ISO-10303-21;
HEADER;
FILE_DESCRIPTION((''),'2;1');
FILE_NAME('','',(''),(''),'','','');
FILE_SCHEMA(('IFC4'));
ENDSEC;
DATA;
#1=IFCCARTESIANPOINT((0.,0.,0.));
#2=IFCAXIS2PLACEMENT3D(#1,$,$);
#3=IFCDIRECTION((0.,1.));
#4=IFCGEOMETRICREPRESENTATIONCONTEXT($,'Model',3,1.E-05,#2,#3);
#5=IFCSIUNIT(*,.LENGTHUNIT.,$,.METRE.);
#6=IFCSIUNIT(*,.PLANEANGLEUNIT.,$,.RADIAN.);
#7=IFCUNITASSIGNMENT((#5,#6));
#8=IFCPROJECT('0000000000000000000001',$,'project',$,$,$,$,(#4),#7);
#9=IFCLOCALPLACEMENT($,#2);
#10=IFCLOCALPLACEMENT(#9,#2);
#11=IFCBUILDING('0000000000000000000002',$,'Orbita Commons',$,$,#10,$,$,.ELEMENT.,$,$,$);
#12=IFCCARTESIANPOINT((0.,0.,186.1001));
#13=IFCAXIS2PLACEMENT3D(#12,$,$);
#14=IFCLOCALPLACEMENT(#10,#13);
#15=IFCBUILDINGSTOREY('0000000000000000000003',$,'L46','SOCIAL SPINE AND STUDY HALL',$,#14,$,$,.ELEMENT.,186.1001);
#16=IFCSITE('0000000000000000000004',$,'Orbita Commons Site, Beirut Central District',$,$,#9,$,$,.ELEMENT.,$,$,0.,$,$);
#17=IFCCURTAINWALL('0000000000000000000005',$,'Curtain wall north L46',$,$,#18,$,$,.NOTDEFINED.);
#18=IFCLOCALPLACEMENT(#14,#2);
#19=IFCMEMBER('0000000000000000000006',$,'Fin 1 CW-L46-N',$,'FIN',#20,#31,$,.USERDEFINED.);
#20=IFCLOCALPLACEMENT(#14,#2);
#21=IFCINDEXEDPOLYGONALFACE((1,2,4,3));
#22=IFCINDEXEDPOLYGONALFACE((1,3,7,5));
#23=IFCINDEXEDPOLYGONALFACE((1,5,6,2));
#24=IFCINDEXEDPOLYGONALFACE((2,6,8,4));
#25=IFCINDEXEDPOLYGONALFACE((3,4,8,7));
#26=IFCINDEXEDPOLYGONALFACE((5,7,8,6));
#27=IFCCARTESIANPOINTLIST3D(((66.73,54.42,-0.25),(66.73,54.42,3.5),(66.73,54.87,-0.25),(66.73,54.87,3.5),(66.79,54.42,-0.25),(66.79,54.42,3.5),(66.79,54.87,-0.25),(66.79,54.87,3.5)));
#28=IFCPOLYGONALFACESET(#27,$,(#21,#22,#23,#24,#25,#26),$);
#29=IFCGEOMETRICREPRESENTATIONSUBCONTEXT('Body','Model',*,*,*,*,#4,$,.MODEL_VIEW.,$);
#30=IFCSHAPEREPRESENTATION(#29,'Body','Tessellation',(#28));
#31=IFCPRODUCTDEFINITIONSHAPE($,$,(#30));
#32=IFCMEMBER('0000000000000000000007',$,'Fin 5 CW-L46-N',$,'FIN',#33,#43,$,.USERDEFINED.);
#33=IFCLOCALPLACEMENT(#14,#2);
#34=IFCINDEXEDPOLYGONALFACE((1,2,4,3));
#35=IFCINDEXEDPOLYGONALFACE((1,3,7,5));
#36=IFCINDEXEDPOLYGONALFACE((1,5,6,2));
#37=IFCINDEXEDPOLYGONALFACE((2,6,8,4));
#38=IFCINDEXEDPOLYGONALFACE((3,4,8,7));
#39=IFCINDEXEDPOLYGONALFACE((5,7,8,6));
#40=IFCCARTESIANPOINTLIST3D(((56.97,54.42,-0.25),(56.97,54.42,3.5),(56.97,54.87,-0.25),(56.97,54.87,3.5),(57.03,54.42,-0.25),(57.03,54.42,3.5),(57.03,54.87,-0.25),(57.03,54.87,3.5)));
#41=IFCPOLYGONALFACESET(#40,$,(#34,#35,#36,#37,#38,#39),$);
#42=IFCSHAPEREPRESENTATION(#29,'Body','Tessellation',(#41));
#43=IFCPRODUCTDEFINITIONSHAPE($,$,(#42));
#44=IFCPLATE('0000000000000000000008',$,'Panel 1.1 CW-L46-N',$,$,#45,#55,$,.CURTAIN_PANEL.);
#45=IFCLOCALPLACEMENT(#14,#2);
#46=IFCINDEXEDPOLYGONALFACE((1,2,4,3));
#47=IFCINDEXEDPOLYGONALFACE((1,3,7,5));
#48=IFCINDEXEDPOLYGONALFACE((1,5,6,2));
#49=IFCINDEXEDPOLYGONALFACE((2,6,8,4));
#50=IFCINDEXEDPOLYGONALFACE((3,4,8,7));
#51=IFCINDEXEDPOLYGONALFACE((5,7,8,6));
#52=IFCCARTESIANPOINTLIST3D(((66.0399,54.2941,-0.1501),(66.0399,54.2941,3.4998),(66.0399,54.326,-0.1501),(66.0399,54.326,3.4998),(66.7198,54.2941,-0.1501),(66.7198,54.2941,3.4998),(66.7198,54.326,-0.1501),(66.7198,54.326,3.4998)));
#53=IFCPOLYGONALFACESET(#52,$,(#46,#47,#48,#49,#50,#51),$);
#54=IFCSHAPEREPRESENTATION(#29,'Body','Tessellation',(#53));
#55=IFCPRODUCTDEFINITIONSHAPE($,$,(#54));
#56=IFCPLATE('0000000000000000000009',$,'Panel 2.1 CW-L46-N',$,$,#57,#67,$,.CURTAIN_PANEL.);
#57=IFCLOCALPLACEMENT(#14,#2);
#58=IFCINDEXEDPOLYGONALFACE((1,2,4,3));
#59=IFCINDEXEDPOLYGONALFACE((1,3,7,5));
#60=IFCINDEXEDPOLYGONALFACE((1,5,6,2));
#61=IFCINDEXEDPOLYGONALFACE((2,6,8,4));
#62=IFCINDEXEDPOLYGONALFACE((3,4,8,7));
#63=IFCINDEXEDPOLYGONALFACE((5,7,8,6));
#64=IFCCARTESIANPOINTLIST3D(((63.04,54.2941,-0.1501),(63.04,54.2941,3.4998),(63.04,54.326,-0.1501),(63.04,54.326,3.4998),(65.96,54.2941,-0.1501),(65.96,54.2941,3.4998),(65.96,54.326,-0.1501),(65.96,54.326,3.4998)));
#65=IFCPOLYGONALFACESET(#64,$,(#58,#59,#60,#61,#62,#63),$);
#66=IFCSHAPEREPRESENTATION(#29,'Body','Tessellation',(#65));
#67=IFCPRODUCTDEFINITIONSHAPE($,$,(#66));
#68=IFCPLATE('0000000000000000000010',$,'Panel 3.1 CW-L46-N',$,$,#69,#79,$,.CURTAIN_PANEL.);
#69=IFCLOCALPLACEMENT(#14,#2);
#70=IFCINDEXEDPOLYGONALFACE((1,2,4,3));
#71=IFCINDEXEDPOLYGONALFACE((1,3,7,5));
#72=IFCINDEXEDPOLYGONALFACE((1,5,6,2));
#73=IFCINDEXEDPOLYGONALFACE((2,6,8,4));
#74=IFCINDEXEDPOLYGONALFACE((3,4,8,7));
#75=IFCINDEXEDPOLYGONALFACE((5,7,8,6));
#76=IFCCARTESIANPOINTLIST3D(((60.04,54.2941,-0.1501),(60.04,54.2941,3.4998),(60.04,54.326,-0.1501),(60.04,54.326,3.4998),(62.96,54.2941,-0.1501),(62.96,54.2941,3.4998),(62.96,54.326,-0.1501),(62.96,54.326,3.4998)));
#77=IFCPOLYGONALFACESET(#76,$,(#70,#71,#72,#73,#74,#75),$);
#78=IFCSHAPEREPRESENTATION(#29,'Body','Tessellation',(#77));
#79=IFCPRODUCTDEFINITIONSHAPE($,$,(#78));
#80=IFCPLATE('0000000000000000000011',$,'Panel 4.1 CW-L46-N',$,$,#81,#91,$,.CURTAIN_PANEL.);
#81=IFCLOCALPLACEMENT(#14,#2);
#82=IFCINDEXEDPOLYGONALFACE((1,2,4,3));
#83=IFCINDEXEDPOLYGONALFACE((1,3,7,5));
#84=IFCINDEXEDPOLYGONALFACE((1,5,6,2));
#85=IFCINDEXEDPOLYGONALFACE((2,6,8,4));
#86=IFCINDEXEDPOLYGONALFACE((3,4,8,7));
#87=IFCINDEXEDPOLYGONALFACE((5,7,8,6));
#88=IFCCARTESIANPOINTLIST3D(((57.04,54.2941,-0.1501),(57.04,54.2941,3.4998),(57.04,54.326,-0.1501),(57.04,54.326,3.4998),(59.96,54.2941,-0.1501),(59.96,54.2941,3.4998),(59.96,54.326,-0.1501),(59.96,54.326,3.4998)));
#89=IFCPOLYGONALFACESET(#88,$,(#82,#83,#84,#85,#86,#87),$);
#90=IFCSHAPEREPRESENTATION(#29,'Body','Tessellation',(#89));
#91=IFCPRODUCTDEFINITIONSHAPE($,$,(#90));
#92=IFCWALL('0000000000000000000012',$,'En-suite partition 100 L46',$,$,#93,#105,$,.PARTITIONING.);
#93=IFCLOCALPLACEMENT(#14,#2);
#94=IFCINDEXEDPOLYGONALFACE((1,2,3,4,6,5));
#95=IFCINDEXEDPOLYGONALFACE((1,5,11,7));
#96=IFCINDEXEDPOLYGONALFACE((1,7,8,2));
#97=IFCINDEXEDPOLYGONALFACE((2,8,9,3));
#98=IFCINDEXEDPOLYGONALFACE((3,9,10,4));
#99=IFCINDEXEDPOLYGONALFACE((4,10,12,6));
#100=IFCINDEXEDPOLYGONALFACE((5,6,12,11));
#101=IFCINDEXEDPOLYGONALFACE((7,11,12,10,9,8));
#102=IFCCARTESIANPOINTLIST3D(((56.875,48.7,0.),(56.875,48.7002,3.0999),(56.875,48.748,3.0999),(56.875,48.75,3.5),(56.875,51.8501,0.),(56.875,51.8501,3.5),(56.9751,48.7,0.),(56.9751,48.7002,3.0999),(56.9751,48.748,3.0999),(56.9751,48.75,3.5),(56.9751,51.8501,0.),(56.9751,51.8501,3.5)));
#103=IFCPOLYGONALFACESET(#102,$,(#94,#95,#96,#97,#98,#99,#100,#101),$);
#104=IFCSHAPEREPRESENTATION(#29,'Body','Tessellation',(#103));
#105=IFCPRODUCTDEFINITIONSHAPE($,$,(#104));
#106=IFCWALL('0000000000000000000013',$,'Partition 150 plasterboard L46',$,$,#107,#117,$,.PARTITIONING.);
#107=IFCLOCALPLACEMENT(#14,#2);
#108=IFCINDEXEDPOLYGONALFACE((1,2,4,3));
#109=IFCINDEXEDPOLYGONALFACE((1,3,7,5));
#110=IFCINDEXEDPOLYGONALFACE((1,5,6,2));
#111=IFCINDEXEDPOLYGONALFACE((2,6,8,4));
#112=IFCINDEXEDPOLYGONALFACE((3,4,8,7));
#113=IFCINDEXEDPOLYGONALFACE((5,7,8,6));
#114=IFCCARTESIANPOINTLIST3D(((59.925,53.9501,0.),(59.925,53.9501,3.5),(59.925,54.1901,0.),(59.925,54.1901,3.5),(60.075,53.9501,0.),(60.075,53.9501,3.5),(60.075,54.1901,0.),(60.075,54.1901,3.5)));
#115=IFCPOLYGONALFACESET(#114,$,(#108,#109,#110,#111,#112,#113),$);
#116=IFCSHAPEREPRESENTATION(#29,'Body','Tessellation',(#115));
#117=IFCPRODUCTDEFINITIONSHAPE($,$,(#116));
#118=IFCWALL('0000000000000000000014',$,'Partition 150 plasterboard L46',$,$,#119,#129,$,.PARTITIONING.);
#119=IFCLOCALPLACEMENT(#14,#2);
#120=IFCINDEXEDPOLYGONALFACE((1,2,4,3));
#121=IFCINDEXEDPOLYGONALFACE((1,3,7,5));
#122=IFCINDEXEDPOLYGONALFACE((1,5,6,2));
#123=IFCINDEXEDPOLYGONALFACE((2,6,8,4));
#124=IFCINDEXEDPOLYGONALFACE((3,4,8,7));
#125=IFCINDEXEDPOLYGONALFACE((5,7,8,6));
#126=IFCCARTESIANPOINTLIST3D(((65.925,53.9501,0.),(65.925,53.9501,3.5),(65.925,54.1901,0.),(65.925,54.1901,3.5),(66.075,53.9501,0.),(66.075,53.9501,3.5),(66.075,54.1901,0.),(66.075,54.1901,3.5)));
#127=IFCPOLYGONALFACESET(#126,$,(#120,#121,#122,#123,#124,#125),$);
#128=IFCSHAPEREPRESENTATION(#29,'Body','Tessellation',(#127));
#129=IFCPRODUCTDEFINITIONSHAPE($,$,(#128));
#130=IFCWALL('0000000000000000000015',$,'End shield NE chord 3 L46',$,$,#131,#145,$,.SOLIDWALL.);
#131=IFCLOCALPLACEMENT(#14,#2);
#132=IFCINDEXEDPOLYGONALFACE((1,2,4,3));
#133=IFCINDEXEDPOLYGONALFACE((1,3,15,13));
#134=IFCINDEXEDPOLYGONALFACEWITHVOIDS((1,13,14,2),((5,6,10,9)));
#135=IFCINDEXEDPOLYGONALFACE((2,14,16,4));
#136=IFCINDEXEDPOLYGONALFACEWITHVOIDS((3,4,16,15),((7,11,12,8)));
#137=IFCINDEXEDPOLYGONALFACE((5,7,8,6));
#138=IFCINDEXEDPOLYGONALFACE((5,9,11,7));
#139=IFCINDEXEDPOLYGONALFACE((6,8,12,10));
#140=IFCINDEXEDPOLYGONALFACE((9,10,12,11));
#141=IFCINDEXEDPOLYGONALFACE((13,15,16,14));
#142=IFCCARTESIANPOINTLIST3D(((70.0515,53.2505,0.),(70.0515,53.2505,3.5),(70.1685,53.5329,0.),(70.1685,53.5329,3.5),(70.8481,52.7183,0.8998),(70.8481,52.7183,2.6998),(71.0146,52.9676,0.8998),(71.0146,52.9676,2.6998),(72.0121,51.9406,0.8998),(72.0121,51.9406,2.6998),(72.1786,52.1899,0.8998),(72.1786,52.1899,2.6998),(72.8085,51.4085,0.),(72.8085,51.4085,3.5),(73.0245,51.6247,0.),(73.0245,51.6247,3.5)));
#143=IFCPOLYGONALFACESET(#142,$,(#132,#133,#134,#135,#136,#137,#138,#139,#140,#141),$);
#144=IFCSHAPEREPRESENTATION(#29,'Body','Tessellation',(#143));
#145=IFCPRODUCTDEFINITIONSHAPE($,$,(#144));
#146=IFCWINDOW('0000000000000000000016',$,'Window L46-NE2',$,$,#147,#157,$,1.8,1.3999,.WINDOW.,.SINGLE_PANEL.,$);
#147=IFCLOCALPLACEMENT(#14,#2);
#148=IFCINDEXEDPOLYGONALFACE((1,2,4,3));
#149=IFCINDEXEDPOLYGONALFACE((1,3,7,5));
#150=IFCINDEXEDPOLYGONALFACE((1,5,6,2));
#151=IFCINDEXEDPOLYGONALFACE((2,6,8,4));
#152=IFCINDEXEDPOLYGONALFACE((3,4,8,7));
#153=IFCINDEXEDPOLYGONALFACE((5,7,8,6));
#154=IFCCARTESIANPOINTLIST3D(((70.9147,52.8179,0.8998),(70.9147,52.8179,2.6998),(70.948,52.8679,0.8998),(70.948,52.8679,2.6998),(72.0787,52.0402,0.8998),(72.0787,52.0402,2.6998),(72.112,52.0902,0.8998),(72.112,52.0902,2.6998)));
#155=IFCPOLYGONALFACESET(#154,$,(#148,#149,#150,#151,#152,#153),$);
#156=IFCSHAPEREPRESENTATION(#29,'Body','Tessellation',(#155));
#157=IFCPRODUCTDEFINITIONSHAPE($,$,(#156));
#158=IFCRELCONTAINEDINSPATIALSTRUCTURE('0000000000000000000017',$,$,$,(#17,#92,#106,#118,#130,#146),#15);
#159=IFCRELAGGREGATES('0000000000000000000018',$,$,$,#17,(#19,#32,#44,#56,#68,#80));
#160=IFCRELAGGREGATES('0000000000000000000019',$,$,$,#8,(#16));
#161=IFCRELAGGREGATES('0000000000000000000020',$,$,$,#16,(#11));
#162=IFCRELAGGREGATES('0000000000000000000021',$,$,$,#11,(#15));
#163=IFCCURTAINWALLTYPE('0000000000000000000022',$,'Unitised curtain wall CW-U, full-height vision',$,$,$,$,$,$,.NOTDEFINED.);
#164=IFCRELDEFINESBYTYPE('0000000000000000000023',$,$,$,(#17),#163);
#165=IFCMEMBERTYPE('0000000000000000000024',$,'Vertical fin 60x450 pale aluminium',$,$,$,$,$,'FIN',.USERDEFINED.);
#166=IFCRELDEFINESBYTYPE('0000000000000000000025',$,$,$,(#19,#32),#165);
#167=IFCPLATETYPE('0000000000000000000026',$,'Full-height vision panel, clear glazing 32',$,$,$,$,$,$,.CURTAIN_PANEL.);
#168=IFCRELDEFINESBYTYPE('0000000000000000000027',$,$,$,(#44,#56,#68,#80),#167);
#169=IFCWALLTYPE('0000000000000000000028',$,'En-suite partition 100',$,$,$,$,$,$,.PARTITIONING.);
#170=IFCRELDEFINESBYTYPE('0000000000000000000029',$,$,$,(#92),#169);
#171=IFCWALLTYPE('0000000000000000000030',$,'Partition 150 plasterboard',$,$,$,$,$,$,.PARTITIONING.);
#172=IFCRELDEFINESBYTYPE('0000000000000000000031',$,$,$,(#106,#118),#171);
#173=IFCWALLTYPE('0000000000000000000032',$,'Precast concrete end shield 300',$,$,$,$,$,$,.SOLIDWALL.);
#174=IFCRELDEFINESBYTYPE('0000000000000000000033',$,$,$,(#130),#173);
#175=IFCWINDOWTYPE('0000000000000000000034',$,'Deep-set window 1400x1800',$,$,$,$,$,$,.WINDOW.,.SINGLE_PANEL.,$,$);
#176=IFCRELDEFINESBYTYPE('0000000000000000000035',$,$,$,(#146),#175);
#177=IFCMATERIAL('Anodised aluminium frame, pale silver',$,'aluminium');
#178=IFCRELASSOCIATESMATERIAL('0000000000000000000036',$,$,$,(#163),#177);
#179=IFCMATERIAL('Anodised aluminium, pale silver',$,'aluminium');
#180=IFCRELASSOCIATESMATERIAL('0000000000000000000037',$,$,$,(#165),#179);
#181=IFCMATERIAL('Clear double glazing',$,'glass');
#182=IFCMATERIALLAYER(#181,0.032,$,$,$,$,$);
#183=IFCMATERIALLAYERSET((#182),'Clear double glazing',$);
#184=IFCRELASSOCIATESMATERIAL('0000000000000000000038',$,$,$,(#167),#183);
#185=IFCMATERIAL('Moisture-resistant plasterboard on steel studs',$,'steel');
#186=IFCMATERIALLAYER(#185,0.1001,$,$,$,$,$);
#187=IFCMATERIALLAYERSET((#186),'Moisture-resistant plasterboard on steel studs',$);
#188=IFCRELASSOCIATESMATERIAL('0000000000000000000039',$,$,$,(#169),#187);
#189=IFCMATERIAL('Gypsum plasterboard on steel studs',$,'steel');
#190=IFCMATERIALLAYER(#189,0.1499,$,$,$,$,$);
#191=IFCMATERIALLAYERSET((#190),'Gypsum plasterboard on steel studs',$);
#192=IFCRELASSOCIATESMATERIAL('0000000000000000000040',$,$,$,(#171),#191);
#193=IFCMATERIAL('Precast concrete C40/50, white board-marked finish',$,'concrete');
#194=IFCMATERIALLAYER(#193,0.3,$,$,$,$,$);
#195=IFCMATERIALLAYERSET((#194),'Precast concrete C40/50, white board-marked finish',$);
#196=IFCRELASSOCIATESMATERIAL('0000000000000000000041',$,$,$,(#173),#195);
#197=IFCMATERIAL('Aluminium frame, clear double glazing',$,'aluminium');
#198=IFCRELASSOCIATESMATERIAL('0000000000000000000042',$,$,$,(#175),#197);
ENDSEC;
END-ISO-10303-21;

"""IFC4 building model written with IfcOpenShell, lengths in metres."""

from ifc_helpers import new_model, si_unit, direction, frame, frame_2d, origin, origin_2d, place, context, subcontext, project, spatial, polyline, rectangle, outline, extrude, material, layer, layer_set, material_profile, profile_set, type_object, element, fill, aggregate, save


model = new_model("IFC4")

# Units and contexts
model_context = context("Model", 3, precision=1e-05, world=origin(), true_north=direction((0.0, 1.0)))
body_context = subcontext(model_context, "Body", "Model", "MODEL_VIEW")
ifc_project = project(units=[si_unit("LENGTHUNIT", "METRE"), si_unit("PLANEANGLEUNIT", "RADIAN")], contexts=[model_context])

# Site, building, storey
site_placement = place(None, origin())
site = spatial("IfcSite", under=ifc_project, at=site_placement, Name="Orbita Commons Site, Beirut Central District", CompositionType="ELEMENT", RefElevation=0.0)
building_placement = place(site_placement, origin())
building = spatial("IfcBuilding", under=site, at=building_placement, Name="Orbita Commons", CompositionType="ELEMENT")
storey_placement = place(building_placement, frame((0.0, 0.0, 186.1001)))
storey = spatial("IfcBuildingStorey", under=building, at=storey_placement, Name="L46", Description="SOCIAL SPINE AND STUDY HALL", CompositionType="ELEMENT", Elevation=186.1001)

# Curtain wall
ifc_material_1 = material(Name="Anodised aluminium frame, pale silver", Category="aluminium")
curtain_wall_type = type_object("IfcCurtainWallType", Name="Unitised curtain wall CW-U, full-height vision", PredefinedType="NOTDEFINED", material=ifc_material_1)
curtain_wall_placement = place(storey_placement, origin())
curtain_wall = element("IfcCurtainWall", 1, at=curtain_wall_placement, inside=storey, type_object=curtain_wall_type, Name="Curtain wall north L46", PredefinedType="NOTDEFINED")

# Members
ifc_material_2 = material(Name="Anodised aluminium, pale silver", Category="aluminium")
ifc_material_profile_1 = material_profile(ifc_material_2, rectangle(XDim=0.0601, YDim=0.45, at=origin_2d()), Name="FIN 60x450")
ifc_profile_set_1 = profile_set([ifc_material_profile_1], Name="Anodised aluminium, pale silver")
member_type_1 = type_object("IfcMemberType", Name="Vertical fin 60x450 pale aluminium", ElementType="FIN", PredefinedType="USERDEFINED", material=ifc_profile_set_1)
member_1_placement = place(storey_placement, frame((66.76, 54.645, -0.25), z_axis=(0.0, 0.0, 1.0), x_axis=(-1.0, 0.0, 0.0)))
member_1 = element("IfcMember", 2, at=member_1_placement, type_object=member_type_1, Name="Fin 1 CW-L46-N", ObjectType="FIN", PredefinedType="USERDEFINED", context=body_context, shape_type="SweptSolid", body=[
    extrude(rectangle(XDim=0.0601, YDim=0.45, at=origin_2d()), origin(), (0.0, 0.0, 1.0), 3.75),
])
member_2_placement = place(storey_placement, frame((57.0, 54.645, -0.25), z_axis=(0.0, 0.0, 1.0), x_axis=(-1.0, 0.0, 0.0)))
member_2 = element("IfcMember", 3, at=member_2_placement, type_object=member_type_1, Name="Fin 5 CW-L46-N", ObjectType="FIN", PredefinedType="USERDEFINED", context=body_context, shape_type="SweptSolid", body=[
    extrude(rectangle(XDim=0.0601, YDim=0.45, at=origin_2d()), origin(), (0.0, 0.0, 1.0), 3.75),
])

# Plates
ifc_material_3 = material(Name="Clear double glazing", Category="glass")
ifc_layer_1 = layer(ifc_material_3, 0.032)
ifc_layer_set_1 = layer_set([ifc_layer_1], Name="Clear double glazing")
plate_type = type_object("IfcPlateType", Name="Full-height vision panel, clear glazing 32", PredefinedType="CURTAIN_PANEL", material=ifc_layer_set_1)
plate_1_placement = place(storey_placement, frame((66.3799, 54.3101, -0.1501), z_axis=(0.0, 0.0, 1.0), x_axis=(-1.0, 0.0, 0.0)))
plate_1 = element("IfcPlate", 4, at=plate_1_placement, type_object=plate_type, Name="Panel 1.1 CW-L46-N", PredefinedType="CURTAIN_PANEL", context=body_context, shape_type="SweptSolid", body=[
    extrude(rectangle(XDim=0.6799, YDim=0.032, at=origin_2d()), origin(), (0.0, 0.0, 1.0), 3.6499),
])
plate_2_placement = place(storey_placement, frame((64.5, 54.3101, -0.1501), z_axis=(0.0, 0.0, 1.0), x_axis=(-1.0, 0.0, 0.0)))
plate_2 = element("IfcPlate", 5, at=plate_2_placement, type_object=plate_type, Name="Panel 2.1 CW-L46-N", PredefinedType="CURTAIN_PANEL", context=body_context, shape_type="SweptSolid", body=[
    extrude(rectangle(XDim=2.9199, YDim=0.032, at=origin_2d()), origin(), (0.0, 0.0, 1.0), 3.6499),
])
plate_3_placement = place(storey_placement, frame((61.5, 54.3101, -0.1501), z_axis=(0.0, 0.0, 1.0), x_axis=(-1.0, 0.0, 0.0)))
plate_3 = element("IfcPlate", 6, at=plate_3_placement, type_object=plate_type, Name="Panel 3.1 CW-L46-N", PredefinedType="CURTAIN_PANEL", context=body_context, shape_type="SweptSolid", body=[
    extrude(rectangle(XDim=2.9199, YDim=0.032, at=origin_2d()), origin(), (0.0, 0.0, 1.0), 3.6499),
])
plate_4_placement = place(storey_placement, frame((58.5, 54.3101, -0.1501), z_axis=(0.0, 0.0, 1.0), x_axis=(-1.0, 0.0, 0.0)))
plate_4 = element("IfcPlate", 7, at=plate_4_placement, type_object=plate_type, Name="Panel 4.1 CW-L46-N", PredefinedType="CURTAIN_PANEL", context=body_context, shape_type="SweptSolid", body=[
    extrude(rectangle(XDim=2.9199, YDim=0.032, at=origin_2d()), origin(), (0.0, 0.0, 1.0), 3.6499),
])
aggregate(curtain_wall, [member_1, member_2, plate_1, plate_2, plate_3, plate_4])

# Walls
ifc_material_4 = material(Name="Moisture-resistant plasterboard on steel studs", Category="steel")
ifc_layer_2 = layer(ifc_material_4, 0.1001)
ifc_layer_set_2 = layer_set([ifc_layer_2], Name="Moisture-resistant plasterboard on steel studs")
wall_type_1 = type_object("IfcWallType", Name="En-suite partition 100", PredefinedType="PARTITIONING", material=ifc_layer_set_2)
wall_1_placement = place(storey_placement, frame((56.925, 51.8501, 0.0), z_axis=(0.0, 0.0, 1.0), x_axis=(0.0, -1.0, 0.0)))
element("IfcWall", 8, at=wall_1_placement, inside=storey, type_object=wall_type_1, Name="En-suite partition 100 L46", PredefinedType="PARTITIONING", context=body_context, shape_type="SweptSolid", body=[
    extrude(outline(polyline([(0.0, 0.0), (3.1501, 0.0), (3.1499, 3.0999), (3.1021, 3.0999), (3.1001, 3.5), (0.0, 3.5), (0.0, 0.0)])), frame((0.0, 0.05, 0.0), z_axis=(0.0, -1.0, 0.0), x_axis=(1.0, 0.0, 0.0)), (0.0, 0.0, 1.0), 0.1001),
])
ifc_material_5 = material(Name="Gypsum plasterboard on steel studs", Category="steel")
ifc_layer_3 = layer(ifc_material_5, 0.1499)
ifc_layer_set_3 = layer_set([ifc_layer_3], Name="Gypsum plasterboard on steel studs")
wall_type_2 = type_object("IfcWallType", Name="Partition 150 plasterboard", PredefinedType="PARTITIONING", material=ifc_layer_set_3)
for number, where, z_axis, x_axis, name in (
    (9, (60.0, 53.95, 0.0), (0.0, 0.0, 1.0), (0.0, 1.0, 0.0), "Partition 150 plasterboard L46"),
    (10, (66.0, 53.95, 0.0), (0.0, 0.0, 1.0), (0.0, 1.0, 0.0), "Partition 150 plasterboard L46"),
):
    element("IfcWall", number, at=place(storey_placement, frame(where, z_axis=z_axis, x_axis=x_axis)), inside=storey, type_object=wall_type_2, Name=name, PredefinedType="PARTITIONING", context=body_context, shape_type="SweptSolid", body=[
        extrude(rectangle(XDim=0.24, YDim=0.1499, at=frame_2d((0.1201, 0.0))), origin(), (0.0, 0.0, 1.0), 3.5),
    ])

# Wall, opening, window
ifc_material_6 = material(Name="Precast concrete C40/50, white board-marked finish", Category="concrete")
ifc_layer_4 = layer(ifc_material_6, 0.3)
ifc_layer_set_4 = layer_set([ifc_layer_4], Name="Precast concrete C40/50, white board-marked finish")
wall_type_3 = type_object("IfcWallType", Name="Precast concrete end shield 300", PredefinedType="SOLIDWALL", material=ifc_layer_set_4)
wall_2_placement = place(storey_placement, frame((72.9165, 51.5166, 0.0), z_axis=(0.0, 0.0, 1.0), x_axis=(-0.831493, 0.555535, 0.0)))
wall_2 = element("IfcWall", 11, at=wall_2_placement, inside=storey, type_object=wall_type_3, Name="End shield NE chord 3 L46", PredefinedType="SOLIDWALL", context=body_context, shape_type="SweptSolid", body=[
    extrude(outline(polyline([(-0.0298, -0.1499), (3.405, -0.1499), (3.3455, 0.1499), (0.0298, 0.1499), (-0.0298, -0.1499)])), origin(), (0.0, 0.0, 1.0), 3.5),
])
opening_1_placement = place(wall_2_placement, frame((0.9875, 0.0, 0.8999)))
opening_1 = element("IfcOpeningElement", 12, at=opening_1_placement, cuts=wall_2, PredefinedType="OPENING", context=body_context, shape_type="SweptSolid", body=[
    extrude(rectangle(XDim=1.3999, YDim=1.8, at=frame_2d((0.7, 0.8999))), frame((0.0, 0.1599, 0.0), z_axis=(0.0, -1.0, 0.0), x_axis=(1.0, 0.0, 0.0)), (0.0, 0.0, 1.0), 0.3201),
])
ifc_material_7 = material(Name="Aluminium frame, clear double glazing", Category="aluminium")
window_type = type_object("IfcWindowType", Name="Deep-set window 1400x1800", PartitioningType="SINGLE_PANEL", PredefinedType="WINDOW", material=ifc_material_7)
window_1_placement = place(opening_1_placement, origin())
window_1 = element("IfcWindow", 13, at=window_1_placement, inside=storey, type_object=window_type, Name="Window L46-NE2", OverallHeight=1.8, OverallWidth=1.3999, PartitioningType="SINGLE_PANEL", PredefinedType="WINDOW", context=body_context, shape_type="SweptSolid", body=[
    extrude(rectangle(XDim=1.3999, YDim=1.8, at=frame_2d((0.7, 0.8999))), frame((0.0, 0.03, 0.0), z_axis=(0.0, -1.0, 0.0), x_axis=(1.0, 0.0, 0.0)), (0.0, 0.0, 1.0), 0.0601),
])
fill(opening_1, window_1)

save(model, "model.ifc")
